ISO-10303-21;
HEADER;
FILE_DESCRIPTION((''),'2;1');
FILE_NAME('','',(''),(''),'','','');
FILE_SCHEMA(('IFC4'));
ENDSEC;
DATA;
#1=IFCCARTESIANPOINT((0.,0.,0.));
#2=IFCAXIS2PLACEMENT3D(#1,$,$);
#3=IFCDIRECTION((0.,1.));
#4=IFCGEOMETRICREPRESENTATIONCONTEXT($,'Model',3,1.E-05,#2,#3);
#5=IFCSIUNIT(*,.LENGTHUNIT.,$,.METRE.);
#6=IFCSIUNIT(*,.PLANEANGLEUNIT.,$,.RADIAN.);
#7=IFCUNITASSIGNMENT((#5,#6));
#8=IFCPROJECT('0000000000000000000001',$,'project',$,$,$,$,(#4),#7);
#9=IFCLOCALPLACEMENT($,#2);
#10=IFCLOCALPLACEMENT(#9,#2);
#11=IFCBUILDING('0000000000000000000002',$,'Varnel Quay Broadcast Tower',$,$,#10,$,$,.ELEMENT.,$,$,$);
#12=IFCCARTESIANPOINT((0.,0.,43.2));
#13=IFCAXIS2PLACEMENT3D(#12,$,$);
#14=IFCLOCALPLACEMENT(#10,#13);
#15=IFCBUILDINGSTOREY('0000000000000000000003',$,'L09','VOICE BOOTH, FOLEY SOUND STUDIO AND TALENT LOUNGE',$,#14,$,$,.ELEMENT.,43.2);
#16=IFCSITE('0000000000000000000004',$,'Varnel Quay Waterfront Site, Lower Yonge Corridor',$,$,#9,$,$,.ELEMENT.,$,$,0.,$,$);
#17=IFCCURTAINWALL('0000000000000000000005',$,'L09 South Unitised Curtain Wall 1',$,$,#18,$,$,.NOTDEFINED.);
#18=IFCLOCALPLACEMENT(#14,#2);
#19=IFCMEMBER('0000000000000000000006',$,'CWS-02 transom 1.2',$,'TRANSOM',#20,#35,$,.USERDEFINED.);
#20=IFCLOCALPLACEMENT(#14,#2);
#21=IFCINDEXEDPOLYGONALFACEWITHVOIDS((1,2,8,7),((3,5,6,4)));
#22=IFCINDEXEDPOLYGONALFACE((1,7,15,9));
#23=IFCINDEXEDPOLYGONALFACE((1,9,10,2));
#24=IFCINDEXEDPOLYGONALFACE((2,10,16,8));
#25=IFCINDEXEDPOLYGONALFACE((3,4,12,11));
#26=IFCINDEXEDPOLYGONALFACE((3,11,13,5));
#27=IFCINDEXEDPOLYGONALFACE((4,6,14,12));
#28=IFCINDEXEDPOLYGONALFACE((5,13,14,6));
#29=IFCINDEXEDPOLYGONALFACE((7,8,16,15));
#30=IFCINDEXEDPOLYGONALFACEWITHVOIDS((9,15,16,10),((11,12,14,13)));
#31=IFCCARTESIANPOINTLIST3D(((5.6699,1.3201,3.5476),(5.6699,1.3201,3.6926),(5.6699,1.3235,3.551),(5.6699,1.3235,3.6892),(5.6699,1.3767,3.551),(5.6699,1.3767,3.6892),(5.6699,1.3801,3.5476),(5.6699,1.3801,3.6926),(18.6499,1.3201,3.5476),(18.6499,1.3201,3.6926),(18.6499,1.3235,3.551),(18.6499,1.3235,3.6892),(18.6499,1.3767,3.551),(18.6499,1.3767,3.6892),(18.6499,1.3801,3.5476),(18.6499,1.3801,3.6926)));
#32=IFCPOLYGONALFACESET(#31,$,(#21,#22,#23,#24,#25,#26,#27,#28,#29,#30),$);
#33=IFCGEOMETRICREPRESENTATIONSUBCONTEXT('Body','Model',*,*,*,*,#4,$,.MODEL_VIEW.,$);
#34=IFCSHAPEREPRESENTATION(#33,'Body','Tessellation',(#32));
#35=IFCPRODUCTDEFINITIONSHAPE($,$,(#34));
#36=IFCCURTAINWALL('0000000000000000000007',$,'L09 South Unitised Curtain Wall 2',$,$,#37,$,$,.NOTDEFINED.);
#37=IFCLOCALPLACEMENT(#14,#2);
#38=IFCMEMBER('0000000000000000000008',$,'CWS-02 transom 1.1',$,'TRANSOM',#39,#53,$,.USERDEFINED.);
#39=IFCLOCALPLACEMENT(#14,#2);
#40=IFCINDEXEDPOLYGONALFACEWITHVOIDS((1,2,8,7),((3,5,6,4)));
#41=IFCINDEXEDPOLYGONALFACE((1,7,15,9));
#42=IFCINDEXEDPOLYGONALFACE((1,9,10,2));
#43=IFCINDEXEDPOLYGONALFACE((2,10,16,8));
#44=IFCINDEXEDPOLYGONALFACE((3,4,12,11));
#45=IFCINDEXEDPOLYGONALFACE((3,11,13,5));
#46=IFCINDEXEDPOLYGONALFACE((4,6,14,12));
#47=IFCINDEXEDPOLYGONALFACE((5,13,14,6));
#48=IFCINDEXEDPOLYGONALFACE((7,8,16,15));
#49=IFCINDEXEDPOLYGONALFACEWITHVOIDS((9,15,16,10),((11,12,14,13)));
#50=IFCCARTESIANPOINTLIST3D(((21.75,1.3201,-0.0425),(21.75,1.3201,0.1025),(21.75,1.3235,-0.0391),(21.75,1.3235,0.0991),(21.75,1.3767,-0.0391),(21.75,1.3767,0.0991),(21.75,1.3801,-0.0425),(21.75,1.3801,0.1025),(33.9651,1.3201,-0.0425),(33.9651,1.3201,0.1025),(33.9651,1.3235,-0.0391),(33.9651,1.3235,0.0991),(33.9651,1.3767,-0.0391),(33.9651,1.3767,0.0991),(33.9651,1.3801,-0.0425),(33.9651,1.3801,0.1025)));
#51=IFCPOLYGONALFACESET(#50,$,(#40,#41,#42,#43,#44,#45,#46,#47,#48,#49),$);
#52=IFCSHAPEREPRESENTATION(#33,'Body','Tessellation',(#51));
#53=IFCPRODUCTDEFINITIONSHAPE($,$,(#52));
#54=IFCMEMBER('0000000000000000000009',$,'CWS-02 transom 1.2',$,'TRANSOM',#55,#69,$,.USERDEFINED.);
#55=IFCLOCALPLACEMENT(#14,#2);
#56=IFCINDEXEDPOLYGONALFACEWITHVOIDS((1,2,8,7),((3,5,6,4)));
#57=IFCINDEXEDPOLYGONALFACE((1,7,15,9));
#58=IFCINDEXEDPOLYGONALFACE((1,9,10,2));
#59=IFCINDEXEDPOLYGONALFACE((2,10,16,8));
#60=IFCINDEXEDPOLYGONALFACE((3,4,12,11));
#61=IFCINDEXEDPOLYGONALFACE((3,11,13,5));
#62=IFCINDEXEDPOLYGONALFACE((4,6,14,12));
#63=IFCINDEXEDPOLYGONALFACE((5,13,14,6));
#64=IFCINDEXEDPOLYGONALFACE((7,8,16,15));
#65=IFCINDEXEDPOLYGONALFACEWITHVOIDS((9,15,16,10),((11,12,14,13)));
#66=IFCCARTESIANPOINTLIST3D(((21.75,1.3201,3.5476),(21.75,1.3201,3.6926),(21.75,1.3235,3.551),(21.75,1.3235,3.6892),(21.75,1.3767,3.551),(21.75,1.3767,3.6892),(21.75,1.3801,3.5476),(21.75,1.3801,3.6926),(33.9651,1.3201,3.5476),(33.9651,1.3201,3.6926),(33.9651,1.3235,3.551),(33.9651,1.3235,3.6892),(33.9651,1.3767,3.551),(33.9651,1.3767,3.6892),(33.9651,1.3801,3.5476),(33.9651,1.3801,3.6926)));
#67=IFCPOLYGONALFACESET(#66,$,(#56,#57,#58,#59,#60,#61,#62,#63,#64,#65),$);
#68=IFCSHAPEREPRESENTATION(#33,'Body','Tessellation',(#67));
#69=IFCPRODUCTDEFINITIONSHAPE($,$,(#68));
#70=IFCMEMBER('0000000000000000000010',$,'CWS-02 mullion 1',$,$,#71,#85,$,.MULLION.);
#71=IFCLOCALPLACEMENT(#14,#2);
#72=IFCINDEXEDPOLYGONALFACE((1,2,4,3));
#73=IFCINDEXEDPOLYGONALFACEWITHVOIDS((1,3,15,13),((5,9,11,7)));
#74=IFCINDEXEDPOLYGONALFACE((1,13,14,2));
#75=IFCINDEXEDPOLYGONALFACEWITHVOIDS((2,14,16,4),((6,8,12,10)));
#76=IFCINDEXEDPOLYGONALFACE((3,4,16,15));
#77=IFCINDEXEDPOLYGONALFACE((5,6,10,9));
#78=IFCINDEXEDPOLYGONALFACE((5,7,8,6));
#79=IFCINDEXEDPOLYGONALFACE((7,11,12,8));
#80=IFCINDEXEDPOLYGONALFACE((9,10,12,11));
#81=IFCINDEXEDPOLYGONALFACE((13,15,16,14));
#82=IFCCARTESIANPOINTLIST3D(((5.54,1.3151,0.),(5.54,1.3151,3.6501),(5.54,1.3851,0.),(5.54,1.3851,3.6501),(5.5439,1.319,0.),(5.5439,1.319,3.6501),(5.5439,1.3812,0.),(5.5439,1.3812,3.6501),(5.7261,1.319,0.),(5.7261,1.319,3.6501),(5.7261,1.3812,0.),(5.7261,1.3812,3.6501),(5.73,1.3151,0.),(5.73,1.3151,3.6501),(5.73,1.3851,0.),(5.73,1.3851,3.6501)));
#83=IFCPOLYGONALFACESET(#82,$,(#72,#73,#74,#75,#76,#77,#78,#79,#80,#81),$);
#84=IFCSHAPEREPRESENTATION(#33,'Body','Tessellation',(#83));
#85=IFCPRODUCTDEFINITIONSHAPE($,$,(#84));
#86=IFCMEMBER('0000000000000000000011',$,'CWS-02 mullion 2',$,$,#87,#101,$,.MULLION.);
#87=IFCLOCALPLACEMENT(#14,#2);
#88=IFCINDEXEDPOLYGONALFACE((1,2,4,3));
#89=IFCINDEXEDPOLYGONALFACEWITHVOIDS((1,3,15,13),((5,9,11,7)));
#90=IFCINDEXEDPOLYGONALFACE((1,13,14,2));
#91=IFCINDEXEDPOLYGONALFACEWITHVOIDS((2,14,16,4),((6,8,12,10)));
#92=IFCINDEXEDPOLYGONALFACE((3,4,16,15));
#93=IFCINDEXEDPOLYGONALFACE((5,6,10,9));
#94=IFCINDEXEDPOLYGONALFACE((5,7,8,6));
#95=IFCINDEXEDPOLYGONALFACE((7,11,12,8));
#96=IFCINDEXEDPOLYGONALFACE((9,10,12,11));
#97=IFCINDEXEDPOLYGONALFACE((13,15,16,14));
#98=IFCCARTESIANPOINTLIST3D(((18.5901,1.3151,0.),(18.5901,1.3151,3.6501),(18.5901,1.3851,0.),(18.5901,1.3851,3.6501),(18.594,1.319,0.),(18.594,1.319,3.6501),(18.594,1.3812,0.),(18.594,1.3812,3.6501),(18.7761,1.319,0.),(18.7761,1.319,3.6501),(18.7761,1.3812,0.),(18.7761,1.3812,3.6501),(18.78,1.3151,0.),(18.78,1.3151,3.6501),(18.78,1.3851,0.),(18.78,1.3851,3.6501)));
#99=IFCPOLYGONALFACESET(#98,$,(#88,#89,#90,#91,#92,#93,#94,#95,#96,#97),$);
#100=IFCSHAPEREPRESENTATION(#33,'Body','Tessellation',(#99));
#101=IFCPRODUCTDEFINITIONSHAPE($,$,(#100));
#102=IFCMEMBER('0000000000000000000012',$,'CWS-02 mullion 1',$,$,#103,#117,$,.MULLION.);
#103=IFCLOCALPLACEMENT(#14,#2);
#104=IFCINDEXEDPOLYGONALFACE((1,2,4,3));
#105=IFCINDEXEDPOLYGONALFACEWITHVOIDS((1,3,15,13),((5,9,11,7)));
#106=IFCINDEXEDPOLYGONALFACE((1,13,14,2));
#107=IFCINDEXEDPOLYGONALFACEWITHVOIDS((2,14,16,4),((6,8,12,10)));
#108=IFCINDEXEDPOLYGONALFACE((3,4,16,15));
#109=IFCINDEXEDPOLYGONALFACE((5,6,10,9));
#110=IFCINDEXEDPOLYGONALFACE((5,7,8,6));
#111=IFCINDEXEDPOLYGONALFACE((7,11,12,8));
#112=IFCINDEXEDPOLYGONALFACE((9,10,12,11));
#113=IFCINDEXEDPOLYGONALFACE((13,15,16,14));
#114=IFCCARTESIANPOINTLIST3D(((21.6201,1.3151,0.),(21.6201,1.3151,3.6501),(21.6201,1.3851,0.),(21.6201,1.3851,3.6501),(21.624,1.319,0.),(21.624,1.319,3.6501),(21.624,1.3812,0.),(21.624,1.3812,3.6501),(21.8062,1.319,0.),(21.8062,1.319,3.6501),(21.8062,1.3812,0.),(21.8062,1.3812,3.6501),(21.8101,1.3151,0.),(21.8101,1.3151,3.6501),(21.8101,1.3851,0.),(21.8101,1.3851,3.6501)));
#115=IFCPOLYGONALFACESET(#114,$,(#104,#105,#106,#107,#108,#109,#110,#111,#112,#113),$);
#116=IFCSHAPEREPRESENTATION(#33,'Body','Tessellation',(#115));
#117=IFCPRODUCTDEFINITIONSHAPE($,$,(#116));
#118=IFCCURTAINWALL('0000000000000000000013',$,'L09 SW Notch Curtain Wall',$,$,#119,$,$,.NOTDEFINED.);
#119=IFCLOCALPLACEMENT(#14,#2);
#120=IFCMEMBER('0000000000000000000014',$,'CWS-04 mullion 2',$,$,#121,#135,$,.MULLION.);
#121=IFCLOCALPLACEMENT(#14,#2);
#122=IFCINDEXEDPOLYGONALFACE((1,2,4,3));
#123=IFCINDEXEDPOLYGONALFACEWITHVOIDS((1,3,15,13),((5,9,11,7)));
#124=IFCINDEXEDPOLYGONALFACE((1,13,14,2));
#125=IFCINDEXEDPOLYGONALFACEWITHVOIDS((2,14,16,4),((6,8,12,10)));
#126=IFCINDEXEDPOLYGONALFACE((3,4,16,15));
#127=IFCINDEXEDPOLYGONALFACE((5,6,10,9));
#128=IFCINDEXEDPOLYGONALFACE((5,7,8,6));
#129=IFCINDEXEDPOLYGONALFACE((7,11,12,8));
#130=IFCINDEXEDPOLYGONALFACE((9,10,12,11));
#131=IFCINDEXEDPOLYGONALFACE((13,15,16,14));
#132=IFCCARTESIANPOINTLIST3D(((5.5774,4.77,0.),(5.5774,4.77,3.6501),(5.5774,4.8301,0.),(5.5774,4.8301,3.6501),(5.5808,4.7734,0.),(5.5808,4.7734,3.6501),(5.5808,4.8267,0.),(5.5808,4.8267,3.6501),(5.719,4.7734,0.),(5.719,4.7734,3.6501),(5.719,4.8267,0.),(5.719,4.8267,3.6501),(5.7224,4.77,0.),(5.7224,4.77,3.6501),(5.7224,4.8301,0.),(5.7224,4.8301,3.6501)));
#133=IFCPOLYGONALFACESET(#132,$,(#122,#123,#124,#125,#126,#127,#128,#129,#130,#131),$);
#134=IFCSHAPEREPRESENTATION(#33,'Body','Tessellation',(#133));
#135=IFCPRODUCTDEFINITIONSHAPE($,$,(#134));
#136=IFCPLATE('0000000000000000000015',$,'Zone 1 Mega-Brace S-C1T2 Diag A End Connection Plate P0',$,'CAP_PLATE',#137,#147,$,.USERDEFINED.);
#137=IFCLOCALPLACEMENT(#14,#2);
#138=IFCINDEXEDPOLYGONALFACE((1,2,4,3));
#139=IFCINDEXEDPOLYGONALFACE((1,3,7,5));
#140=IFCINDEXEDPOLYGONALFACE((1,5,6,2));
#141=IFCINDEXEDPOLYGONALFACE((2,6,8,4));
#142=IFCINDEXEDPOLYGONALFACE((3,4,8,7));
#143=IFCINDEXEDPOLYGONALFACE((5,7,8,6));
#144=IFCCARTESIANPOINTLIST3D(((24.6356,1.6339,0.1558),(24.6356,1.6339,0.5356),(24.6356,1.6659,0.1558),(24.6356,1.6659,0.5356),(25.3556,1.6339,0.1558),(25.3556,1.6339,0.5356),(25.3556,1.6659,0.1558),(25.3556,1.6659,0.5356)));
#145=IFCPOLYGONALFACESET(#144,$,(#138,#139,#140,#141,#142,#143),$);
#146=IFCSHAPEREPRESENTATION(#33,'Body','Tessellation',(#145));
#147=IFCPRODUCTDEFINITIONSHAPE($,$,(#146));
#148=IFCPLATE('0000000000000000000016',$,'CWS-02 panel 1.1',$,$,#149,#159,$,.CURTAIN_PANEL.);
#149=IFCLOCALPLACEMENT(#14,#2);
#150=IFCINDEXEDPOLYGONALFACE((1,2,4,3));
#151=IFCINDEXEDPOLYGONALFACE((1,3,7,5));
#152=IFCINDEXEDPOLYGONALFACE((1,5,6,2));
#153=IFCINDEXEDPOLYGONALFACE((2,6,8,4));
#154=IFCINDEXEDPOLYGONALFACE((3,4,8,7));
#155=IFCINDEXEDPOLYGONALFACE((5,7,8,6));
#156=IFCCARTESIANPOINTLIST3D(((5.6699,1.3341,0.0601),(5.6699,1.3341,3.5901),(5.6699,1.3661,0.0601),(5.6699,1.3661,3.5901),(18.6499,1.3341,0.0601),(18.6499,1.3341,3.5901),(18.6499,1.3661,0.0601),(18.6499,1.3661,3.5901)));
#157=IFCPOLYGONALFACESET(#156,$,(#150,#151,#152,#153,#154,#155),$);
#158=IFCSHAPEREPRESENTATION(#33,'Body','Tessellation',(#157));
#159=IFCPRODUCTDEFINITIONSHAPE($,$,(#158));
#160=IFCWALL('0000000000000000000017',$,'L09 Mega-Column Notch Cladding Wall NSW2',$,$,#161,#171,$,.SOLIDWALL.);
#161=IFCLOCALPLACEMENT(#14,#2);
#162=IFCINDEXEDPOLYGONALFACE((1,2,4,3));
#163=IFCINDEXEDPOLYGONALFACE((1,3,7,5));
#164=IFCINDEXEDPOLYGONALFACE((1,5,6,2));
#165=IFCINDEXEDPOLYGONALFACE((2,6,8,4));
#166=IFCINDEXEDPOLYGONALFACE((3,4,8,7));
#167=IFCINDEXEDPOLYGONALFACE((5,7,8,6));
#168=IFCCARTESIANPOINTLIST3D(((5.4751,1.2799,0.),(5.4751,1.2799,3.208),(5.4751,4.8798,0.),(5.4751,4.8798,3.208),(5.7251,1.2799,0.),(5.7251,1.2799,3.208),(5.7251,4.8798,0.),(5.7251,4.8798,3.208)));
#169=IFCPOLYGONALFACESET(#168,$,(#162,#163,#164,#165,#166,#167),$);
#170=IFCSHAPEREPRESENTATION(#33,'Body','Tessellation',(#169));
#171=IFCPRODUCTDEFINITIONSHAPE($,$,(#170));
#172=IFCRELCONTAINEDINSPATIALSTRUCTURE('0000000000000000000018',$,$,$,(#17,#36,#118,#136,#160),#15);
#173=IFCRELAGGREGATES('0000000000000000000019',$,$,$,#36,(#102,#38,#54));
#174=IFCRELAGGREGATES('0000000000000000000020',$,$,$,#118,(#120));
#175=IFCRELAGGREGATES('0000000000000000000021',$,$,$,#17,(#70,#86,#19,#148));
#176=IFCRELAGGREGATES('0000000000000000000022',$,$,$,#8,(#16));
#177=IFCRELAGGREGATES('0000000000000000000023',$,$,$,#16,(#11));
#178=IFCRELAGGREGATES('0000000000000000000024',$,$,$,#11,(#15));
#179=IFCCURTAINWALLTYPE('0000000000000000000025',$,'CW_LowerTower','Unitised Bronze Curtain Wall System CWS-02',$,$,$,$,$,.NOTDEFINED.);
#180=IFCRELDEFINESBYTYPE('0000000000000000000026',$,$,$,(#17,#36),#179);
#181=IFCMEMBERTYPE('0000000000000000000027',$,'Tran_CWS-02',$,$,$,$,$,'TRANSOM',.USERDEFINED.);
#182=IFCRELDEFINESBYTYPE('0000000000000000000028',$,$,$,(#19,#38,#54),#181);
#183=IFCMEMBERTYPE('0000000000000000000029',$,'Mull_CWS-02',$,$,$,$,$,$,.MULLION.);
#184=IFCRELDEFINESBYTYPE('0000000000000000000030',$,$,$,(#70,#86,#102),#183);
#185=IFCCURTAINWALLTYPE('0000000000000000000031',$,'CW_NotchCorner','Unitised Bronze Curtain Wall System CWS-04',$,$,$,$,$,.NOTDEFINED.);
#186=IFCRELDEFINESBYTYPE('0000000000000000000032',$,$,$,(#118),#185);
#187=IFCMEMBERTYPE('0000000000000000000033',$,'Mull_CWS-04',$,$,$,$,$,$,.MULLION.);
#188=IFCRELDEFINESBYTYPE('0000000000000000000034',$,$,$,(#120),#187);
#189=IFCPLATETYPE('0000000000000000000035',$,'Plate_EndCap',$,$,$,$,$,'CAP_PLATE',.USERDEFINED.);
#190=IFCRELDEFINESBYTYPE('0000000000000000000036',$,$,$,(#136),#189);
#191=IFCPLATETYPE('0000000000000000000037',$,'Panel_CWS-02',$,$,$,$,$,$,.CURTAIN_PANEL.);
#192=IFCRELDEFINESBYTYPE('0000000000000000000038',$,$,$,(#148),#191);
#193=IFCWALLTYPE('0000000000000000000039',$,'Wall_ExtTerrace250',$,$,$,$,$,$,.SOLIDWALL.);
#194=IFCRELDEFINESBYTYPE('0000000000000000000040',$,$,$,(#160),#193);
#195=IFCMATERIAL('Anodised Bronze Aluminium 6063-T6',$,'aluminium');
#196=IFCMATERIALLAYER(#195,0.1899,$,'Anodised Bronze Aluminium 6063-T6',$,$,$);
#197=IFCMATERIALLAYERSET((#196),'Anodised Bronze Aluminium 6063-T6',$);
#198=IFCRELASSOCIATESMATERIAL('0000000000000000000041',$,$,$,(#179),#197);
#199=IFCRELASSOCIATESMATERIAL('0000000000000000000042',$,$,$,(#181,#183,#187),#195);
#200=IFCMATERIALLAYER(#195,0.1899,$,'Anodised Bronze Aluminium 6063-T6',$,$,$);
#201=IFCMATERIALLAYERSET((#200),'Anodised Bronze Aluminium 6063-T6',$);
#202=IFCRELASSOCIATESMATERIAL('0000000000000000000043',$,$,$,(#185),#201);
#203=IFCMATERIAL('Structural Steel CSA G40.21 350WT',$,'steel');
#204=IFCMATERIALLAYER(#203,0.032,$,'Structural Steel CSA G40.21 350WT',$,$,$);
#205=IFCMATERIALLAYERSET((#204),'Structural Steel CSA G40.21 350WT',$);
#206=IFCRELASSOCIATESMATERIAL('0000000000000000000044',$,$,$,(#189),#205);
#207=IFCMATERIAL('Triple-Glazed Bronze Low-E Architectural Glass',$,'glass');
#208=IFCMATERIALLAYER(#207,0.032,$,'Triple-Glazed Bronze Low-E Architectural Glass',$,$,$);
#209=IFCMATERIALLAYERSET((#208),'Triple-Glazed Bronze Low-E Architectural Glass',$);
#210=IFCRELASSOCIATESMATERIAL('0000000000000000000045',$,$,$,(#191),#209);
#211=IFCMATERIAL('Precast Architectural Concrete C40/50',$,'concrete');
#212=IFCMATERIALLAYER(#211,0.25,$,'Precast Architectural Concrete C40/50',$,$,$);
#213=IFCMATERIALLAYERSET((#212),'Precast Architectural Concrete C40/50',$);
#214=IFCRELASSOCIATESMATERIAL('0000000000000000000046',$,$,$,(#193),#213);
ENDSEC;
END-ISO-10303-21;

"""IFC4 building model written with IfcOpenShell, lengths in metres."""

from ifc_helpers import new_model, si_unit, direction, frame, frame_2d, origin, origin_2d, place, context, subcontext, project, spatial, rectangle, hollow_rectangle, extrude, source, transform, mapped, material, layer, layer_set, material_profile, profile_set, type_object, type_shapes, element, aggregate, save


model = new_model("IFC4")

# Units and contexts
model_context = context("Model", 3, precision=1e-05, world=origin(), true_north=direction((0.0, 1.0)))
body_context = subcontext(model_context, "Body", "Model", "MODEL_VIEW")
ifc_project = project(units=[si_unit("LENGTHUNIT", "METRE"), si_unit("PLANEANGLEUNIT", "RADIAN")], contexts=[model_context])

# Site, building, storey
site_placement = place(None, origin())
site = spatial("IfcSite", under=ifc_project, at=site_placement, Name="Varnel Quay Waterfront Site, Lower Yonge Corridor", CompositionType="ELEMENT", RefElevation=0.0)
building_placement = place(site_placement, origin())
building = spatial("IfcBuilding", under=site, at=building_placement, Name="Varnel Quay Broadcast Tower", CompositionType="ELEMENT")
storey_placement = place(building_placement, frame((0.0, 0.0, 43.2)))
storey = spatial("IfcBuildingStorey", under=building, at=storey_placement, Name="L09", Description="VOICE BOOTH, FOLEY SOUND STUDIO AND TALENT LOUNGE", CompositionType="ELEMENT", Elevation=43.2)

# Shared definitions
ifc_material_1 = material(Name="Structural Steel CSA G40.21 350WT", Category="steel")

# Curtain walls, members
ifc_material_2 = material(Name="Anodised Bronze Aluminium 6063-T6", Category="aluminium")
ifc_layer_1 = layer(ifc_material_2, 0.1899, Name="Anodised Bronze Aluminium 6063-T6")
ifc_layer_set_1 = layer_set([ifc_layer_1], Name="Anodised Bronze Aluminium 6063-T6")
curtain_wall_type_1 = type_object("IfcCurtainWallType", Name="CW_LowerTower", Description="Unitised Bronze Curtain Wall System CWS-02", PredefinedType="NOTDEFINED", material=ifc_layer_set_1)
curtain_wall_1_placement = place(storey_placement, origin())
curtain_wall_1 = element("IfcCurtainWall", 1, at=curtain_wall_1_placement, inside=storey, type_object=curtain_wall_type_1, Name="L09 South Unitised Curtain Wall 1", PredefinedType="NOTDEFINED")
ifc_material_profile_1 = material_profile(ifc_material_2, hollow_rectangle(XDim=0.0601, YDim=0.145, WallThickness=0.0034, at=origin_2d()), Name="ALU60X145X3.5")
ifc_profile_set_1 = profile_set([ifc_material_profile_1], Name="Anodised Bronze Aluminium 6063-T6")
member_type_1 = type_object("IfcMemberType", Name="Tran_CWS-02", ElementType="TRANSOM", PredefinedType="USERDEFINED", material=ifc_profile_set_1)
shared_shape_1 = source(origin(), body_context, "Body", "SweptSolid", [
    extrude(hollow_rectangle(XDim=0.0601, YDim=0.145, WallThickness=0.0034, at=origin_2d()), origin(), (0.0, 0.0, 1.0), 12.98),
])
member_1_placement = place(storey_placement, frame((5.6699, 1.3501, 3.6201), z_axis=(1.0, 0.0, 0.0), x_axis=(0.0, 1.0, 0.0)))
member_1 = element("IfcMember", 2, at=member_1_placement, type_object=member_type_1, Name="CWS-02 transom 1.2", ObjectType="TRANSOM", PredefinedType="USERDEFINED", context=body_context, shape_type="MappedRepresentation", body=[
    mapped(shared_shape_1, transform((0.0, 0.0, 0.0), x_axis=(1.0, 0.0, 0.0), y_axis=(0.0, 1.0, 0.0), z_axis=(0.0, 0.0, 1.0), scale=1.0)),
])
curtain_wall_2_placement = place(storey_placement, origin())
curtain_wall_2 = element("IfcCurtainWall", 3, at=curtain_wall_2_placement, inside=storey, type_object=curtain_wall_type_1, Name="L09 South Unitised Curtain Wall 2", PredefinedType="NOTDEFINED")
shared_shape_2 = source(origin(), body_context, "Body", "SweptSolid", [
    extrude(hollow_rectangle(XDim=0.0601, YDim=0.145, WallThickness=0.0034, at=origin_2d()), origin(), (0.0, 0.0, 1.0), 12.2151),
])
type_shapes(member_type_1, [shared_shape_1, shared_shape_2])
member_2_placement = place(storey_placement, frame((21.75, 1.3501, 0.03), z_axis=(1.0, 0.0, 0.0), x_axis=(0.0, 1.0, 0.0)))
member_2 = element("IfcMember", 4, at=member_2_placement, type_object=member_type_1, Name="CWS-02 transom 1.1", ObjectType="TRANSOM", PredefinedType="USERDEFINED", context=body_context, shape_type="MappedRepresentation", body=[
    mapped(shared_shape_2, transform((0.0, 0.0, 0.0), x_axis=(1.0, 0.0, 0.0), y_axis=(0.0, 1.0, 0.0), z_axis=(0.0, 0.0, 1.0), scale=1.0)),
])
member_3_placement = place(storey_placement, frame((21.75, 1.3501, 3.6201), z_axis=(1.0, 0.0, 0.0), x_axis=(0.0, 1.0, 0.0)))
member_3 = element("IfcMember", 5, at=member_3_placement, type_object=member_type_1, Name="CWS-02 transom 1.2", ObjectType="TRANSOM", PredefinedType="USERDEFINED", context=body_context, shape_type="MappedRepresentation", body=[
    mapped(shared_shape_2, transform((0.0, 0.0, 0.0), x_axis=(1.0, 0.0, 0.0), y_axis=(0.0, 1.0, 0.0), z_axis=(0.0, 0.0, 1.0), scale=1.0)),
])

# Members
ifc_material_profile_2 = material_profile(ifc_material_2, hollow_rectangle(XDim=0.0701, YDim=0.1899, WallThickness=0.0039, at=origin_2d()), Name="ALU70X190X4")
ifc_profile_set_2 = profile_set([ifc_material_profile_2], Name="Anodised Bronze Aluminium 6063-T6")
member_type_2 = type_object("IfcMemberType", Name="Mull_CWS-02", PredefinedType="MULLION", material=ifc_profile_set_2)
shared_shape_3 = source(origin(), body_context, "Body", "SweptSolid", [
    extrude(hollow_rectangle(XDim=0.0701, YDim=0.1899, WallThickness=0.0039, at=origin_2d()), origin(), (0.0, 0.0, 1.0), 3.6501),
])
type_shapes(member_type_2, [shared_shape_3])
member_4_placement = place(storey_placement, frame((5.635, 1.3501, 0.0), z_axis=(0.0, 0.0, 1.0), x_axis=(0.0, 1.0, 0.0)))
member_4 = element("IfcMember", 6, at=member_4_placement, type_object=member_type_2, Name="CWS-02 mullion 1", PredefinedType="MULLION", context=body_context, shape_type="MappedRepresentation", body=[
    mapped(shared_shape_3, transform((0.0, 0.0, 0.0), x_axis=(1.0, 0.0, 0.0), y_axis=(0.0, 1.0, 0.0), z_axis=(0.0, 0.0, 1.0), scale=1.0)),
])
member_5_placement = place(storey_placement, frame((18.6851, 1.3501, 0.0), z_axis=(0.0, 0.0, 1.0), x_axis=(0.0, 1.0, 0.0)))
member_5 = element("IfcMember", 7, at=member_5_placement, type_object=member_type_2, Name="CWS-02 mullion 2", PredefinedType="MULLION", context=body_context, shape_type="MappedRepresentation", body=[
    mapped(shared_shape_3, transform((0.0, 0.0, 0.0), x_axis=(1.0, 0.0, 0.0), y_axis=(0.0, 1.0, 0.0), z_axis=(0.0, 0.0, 1.0), scale=1.0)),
])
member_6_placement = place(storey_placement, frame((21.7151, 1.3501, 0.0), z_axis=(0.0, 0.0, 1.0), x_axis=(0.0, 1.0, 0.0)))
member_6 = element("IfcMember", 8, at=member_6_placement, type_object=member_type_2, Name="CWS-02 mullion 1", PredefinedType="MULLION", context=body_context, shape_type="MappedRepresentation", body=[
    mapped(shared_shape_3, transform((0.0, 0.0, 0.0), x_axis=(1.0, 0.0, 0.0), y_axis=(0.0, 1.0, 0.0), z_axis=(0.0, 0.0, 1.0), scale=1.0)),
])
aggregate(curtain_wall_2, [member_6, member_2, member_3])

# Curtain wall, member
ifc_layer_2 = layer(ifc_material_2, 0.1899, Name="Anodised Bronze Aluminium 6063-T6")
ifc_layer_set_2 = layer_set([ifc_layer_2], Name="Anodised Bronze Aluminium 6063-T6")
curtain_wall_type_2 = type_object("IfcCurtainWallType", Name="CW_NotchCorner", Description="Unitised Bronze Curtain Wall System CWS-04", PredefinedType="NOTDEFINED", material=ifc_layer_set_2)
curtain_wall_3_placement = place(storey_placement, origin())
curtain_wall_3 = element("IfcCurtainWall", 9, at=curtain_wall_3_placement, inside=storey, type_object=curtain_wall_type_2, Name="L09 SW Notch Curtain Wall", PredefinedType="NOTDEFINED")
ifc_material_profile_3 = material_profile(ifc_material_2, hollow_rectangle(XDim=0.0601, YDim=0.145, WallThickness=0.0034, at=origin_2d()), Name="ALU60X145X3.5")
ifc_profile_set_3 = profile_set([ifc_material_profile_3], Name="Anodised Bronze Aluminium 6063-T6")
member_type_3 = type_object("IfcMemberType", Name="Mull_CWS-04", PredefinedType="MULLION", material=ifc_profile_set_3)
shared_shape_4 = source(origin(), body_context, "Body", "SweptSolid", [
    extrude(hollow_rectangle(XDim=0.0601, YDim=0.145, WallThickness=0.0034, at=origin_2d()), origin(), (0.0, 0.0, 1.0), 3.6501),
])
type_shapes(member_type_3, [shared_shape_4])
member_7_placement = place(storey_placement, frame((5.6499, 4.8, 0.0), z_axis=(0.0, 0.0, 1.0), x_axis=(0.0, 1.0, 0.0)))
member_7 = element("IfcMember", 10, at=member_7_placement, type_object=member_type_3, Name="CWS-04 mullion 2", PredefinedType="MULLION", context=body_context, shape_type="MappedRepresentation", body=[
    mapped(shared_shape_4, transform((0.0, 0.0, 0.0), x_axis=(1.0, 0.0, 0.0), y_axis=(0.0, 1.0, 0.0), z_axis=(0.0, 0.0, 1.0), scale=1.0)),
])
aggregate(curtain_wall_3, [member_7])

# Plates
ifc_layer_3 = layer(ifc_material_1, 0.032, Name="Structural Steel CSA G40.21 350WT")
ifc_layer_set_3 = layer_set([ifc_layer_3], Name="Structural Steel CSA G40.21 350WT")
plate_type_1 = type_object("IfcPlateType", Name="Plate_EndCap", ElementType="CAP_PLATE", PredefinedType="USERDEFINED", material=ifc_layer_set_3)
shared_shape_5 = source(origin(), body_context, "Body", "SweptSolid", [
    extrude(rectangle(XDim=0.72, YDim=0.032, at=origin_2d()), origin(), (0.0, 0.0, 1.0), 0.3799),
])
type_shapes(plate_type_1, [shared_shape_5])
plate_1_placement = place(storey_placement, frame((24.9956, 1.6499, 0.1558), z_axis=(0.0, 0.0, 1.0), x_axis=(1.0, 0.0, 0.0)))
element("IfcPlate", 11, at=plate_1_placement, inside=storey, type_object=plate_type_1, Name="Zone 1 Mega-Brace S-C1T2 Diag A End Connection Plate P0", ObjectType="CAP_PLATE", PredefinedType="USERDEFINED", context=body_context, shape_type="MappedRepresentation", body=[
    mapped(shared_shape_5, transform((0.0, 0.0, 0.0), x_axis=(1.0, 0.0, 0.0), y_axis=(0.0, 1.0, 0.0), z_axis=(0.0, 0.0, 1.0), scale=1.0)),
])
ifc_material_3 = material(Name="Triple-Glazed Bronze Low-E Architectural Glass", Category="glass")
ifc_layer_4 = layer(ifc_material_3, 0.032, Name="Triple-Glazed Bronze Low-E Architectural Glass")
ifc_layer_set_4 = layer_set([ifc_layer_4], Name="Triple-Glazed Bronze Low-E Architectural Glass")
plate_type_2 = type_object("IfcPlateType", Name="Panel_CWS-02", PredefinedType="CURTAIN_PANEL", material=ifc_layer_set_4)
shared_shape_6 = source(origin(), body_context, "Body", "SweptSolid", [
    extrude(rectangle(XDim=12.98, YDim=0.032, at=origin_2d()), origin(), (0.0, 0.0, 1.0), 3.53),
])
type_shapes(plate_type_2, [shared_shape_6])
plate_2_placement = place(storey_placement, frame((12.1599, 1.3501, 0.0601), z_axis=(0.0, 0.0, 1.0), x_axis=(1.0, 0.0, 0.0)))
plate_2 = element("IfcPlate", 12, at=plate_2_placement, type_object=plate_type_2, Name="CWS-02 panel 1.1", PredefinedType="CURTAIN_PANEL", context=body_context, shape_type="MappedRepresentation", body=[
    mapped(shared_shape_6, transform((0.0, 0.0, 0.0), x_axis=(1.0, 0.0, 0.0), y_axis=(0.0, 1.0, 0.0), z_axis=(0.0, 0.0, 1.0), scale=1.0)),
])
aggregate(curtain_wall_1, [member_4, member_5, member_1, plate_2])

# Shared definitions
ifc_material_4 = material(Name="Precast Architectural Concrete C40/50", Category="concrete")
ifc_layer_5 = layer(ifc_material_4, 0.25, Name="Precast Architectural Concrete C40/50")
ifc_layer_set_5 = layer_set([ifc_layer_5], Name="Precast Architectural Concrete C40/50")
wall_type = type_object("IfcWallType", Name="Wall_ExtTerrace250", PredefinedType="SOLIDWALL", material=ifc_layer_set_5)

# Wall
wall_1_placement = place(storey_placement, frame((5.6001, 1.28, 0.0), z_axis=(0.0, 0.0, 1.0), x_axis=(0.0, 1.0, 0.0)))
element("IfcWall", 13, at=wall_1_placement, inside=storey, type_object=wall_type, Name="L09 Mega-Column Notch Cladding Wall NSW2", PredefinedType="SOLIDWALL", context=body_context, shape_type="SweptSolid", body=[
    extrude(rectangle(XDim=3.5999, YDim=0.25, at=frame_2d((1.7998, 0.0))), origin(), (0.0, 0.0, 1.0), 3.208),
])

save(model, "model.ifc")
